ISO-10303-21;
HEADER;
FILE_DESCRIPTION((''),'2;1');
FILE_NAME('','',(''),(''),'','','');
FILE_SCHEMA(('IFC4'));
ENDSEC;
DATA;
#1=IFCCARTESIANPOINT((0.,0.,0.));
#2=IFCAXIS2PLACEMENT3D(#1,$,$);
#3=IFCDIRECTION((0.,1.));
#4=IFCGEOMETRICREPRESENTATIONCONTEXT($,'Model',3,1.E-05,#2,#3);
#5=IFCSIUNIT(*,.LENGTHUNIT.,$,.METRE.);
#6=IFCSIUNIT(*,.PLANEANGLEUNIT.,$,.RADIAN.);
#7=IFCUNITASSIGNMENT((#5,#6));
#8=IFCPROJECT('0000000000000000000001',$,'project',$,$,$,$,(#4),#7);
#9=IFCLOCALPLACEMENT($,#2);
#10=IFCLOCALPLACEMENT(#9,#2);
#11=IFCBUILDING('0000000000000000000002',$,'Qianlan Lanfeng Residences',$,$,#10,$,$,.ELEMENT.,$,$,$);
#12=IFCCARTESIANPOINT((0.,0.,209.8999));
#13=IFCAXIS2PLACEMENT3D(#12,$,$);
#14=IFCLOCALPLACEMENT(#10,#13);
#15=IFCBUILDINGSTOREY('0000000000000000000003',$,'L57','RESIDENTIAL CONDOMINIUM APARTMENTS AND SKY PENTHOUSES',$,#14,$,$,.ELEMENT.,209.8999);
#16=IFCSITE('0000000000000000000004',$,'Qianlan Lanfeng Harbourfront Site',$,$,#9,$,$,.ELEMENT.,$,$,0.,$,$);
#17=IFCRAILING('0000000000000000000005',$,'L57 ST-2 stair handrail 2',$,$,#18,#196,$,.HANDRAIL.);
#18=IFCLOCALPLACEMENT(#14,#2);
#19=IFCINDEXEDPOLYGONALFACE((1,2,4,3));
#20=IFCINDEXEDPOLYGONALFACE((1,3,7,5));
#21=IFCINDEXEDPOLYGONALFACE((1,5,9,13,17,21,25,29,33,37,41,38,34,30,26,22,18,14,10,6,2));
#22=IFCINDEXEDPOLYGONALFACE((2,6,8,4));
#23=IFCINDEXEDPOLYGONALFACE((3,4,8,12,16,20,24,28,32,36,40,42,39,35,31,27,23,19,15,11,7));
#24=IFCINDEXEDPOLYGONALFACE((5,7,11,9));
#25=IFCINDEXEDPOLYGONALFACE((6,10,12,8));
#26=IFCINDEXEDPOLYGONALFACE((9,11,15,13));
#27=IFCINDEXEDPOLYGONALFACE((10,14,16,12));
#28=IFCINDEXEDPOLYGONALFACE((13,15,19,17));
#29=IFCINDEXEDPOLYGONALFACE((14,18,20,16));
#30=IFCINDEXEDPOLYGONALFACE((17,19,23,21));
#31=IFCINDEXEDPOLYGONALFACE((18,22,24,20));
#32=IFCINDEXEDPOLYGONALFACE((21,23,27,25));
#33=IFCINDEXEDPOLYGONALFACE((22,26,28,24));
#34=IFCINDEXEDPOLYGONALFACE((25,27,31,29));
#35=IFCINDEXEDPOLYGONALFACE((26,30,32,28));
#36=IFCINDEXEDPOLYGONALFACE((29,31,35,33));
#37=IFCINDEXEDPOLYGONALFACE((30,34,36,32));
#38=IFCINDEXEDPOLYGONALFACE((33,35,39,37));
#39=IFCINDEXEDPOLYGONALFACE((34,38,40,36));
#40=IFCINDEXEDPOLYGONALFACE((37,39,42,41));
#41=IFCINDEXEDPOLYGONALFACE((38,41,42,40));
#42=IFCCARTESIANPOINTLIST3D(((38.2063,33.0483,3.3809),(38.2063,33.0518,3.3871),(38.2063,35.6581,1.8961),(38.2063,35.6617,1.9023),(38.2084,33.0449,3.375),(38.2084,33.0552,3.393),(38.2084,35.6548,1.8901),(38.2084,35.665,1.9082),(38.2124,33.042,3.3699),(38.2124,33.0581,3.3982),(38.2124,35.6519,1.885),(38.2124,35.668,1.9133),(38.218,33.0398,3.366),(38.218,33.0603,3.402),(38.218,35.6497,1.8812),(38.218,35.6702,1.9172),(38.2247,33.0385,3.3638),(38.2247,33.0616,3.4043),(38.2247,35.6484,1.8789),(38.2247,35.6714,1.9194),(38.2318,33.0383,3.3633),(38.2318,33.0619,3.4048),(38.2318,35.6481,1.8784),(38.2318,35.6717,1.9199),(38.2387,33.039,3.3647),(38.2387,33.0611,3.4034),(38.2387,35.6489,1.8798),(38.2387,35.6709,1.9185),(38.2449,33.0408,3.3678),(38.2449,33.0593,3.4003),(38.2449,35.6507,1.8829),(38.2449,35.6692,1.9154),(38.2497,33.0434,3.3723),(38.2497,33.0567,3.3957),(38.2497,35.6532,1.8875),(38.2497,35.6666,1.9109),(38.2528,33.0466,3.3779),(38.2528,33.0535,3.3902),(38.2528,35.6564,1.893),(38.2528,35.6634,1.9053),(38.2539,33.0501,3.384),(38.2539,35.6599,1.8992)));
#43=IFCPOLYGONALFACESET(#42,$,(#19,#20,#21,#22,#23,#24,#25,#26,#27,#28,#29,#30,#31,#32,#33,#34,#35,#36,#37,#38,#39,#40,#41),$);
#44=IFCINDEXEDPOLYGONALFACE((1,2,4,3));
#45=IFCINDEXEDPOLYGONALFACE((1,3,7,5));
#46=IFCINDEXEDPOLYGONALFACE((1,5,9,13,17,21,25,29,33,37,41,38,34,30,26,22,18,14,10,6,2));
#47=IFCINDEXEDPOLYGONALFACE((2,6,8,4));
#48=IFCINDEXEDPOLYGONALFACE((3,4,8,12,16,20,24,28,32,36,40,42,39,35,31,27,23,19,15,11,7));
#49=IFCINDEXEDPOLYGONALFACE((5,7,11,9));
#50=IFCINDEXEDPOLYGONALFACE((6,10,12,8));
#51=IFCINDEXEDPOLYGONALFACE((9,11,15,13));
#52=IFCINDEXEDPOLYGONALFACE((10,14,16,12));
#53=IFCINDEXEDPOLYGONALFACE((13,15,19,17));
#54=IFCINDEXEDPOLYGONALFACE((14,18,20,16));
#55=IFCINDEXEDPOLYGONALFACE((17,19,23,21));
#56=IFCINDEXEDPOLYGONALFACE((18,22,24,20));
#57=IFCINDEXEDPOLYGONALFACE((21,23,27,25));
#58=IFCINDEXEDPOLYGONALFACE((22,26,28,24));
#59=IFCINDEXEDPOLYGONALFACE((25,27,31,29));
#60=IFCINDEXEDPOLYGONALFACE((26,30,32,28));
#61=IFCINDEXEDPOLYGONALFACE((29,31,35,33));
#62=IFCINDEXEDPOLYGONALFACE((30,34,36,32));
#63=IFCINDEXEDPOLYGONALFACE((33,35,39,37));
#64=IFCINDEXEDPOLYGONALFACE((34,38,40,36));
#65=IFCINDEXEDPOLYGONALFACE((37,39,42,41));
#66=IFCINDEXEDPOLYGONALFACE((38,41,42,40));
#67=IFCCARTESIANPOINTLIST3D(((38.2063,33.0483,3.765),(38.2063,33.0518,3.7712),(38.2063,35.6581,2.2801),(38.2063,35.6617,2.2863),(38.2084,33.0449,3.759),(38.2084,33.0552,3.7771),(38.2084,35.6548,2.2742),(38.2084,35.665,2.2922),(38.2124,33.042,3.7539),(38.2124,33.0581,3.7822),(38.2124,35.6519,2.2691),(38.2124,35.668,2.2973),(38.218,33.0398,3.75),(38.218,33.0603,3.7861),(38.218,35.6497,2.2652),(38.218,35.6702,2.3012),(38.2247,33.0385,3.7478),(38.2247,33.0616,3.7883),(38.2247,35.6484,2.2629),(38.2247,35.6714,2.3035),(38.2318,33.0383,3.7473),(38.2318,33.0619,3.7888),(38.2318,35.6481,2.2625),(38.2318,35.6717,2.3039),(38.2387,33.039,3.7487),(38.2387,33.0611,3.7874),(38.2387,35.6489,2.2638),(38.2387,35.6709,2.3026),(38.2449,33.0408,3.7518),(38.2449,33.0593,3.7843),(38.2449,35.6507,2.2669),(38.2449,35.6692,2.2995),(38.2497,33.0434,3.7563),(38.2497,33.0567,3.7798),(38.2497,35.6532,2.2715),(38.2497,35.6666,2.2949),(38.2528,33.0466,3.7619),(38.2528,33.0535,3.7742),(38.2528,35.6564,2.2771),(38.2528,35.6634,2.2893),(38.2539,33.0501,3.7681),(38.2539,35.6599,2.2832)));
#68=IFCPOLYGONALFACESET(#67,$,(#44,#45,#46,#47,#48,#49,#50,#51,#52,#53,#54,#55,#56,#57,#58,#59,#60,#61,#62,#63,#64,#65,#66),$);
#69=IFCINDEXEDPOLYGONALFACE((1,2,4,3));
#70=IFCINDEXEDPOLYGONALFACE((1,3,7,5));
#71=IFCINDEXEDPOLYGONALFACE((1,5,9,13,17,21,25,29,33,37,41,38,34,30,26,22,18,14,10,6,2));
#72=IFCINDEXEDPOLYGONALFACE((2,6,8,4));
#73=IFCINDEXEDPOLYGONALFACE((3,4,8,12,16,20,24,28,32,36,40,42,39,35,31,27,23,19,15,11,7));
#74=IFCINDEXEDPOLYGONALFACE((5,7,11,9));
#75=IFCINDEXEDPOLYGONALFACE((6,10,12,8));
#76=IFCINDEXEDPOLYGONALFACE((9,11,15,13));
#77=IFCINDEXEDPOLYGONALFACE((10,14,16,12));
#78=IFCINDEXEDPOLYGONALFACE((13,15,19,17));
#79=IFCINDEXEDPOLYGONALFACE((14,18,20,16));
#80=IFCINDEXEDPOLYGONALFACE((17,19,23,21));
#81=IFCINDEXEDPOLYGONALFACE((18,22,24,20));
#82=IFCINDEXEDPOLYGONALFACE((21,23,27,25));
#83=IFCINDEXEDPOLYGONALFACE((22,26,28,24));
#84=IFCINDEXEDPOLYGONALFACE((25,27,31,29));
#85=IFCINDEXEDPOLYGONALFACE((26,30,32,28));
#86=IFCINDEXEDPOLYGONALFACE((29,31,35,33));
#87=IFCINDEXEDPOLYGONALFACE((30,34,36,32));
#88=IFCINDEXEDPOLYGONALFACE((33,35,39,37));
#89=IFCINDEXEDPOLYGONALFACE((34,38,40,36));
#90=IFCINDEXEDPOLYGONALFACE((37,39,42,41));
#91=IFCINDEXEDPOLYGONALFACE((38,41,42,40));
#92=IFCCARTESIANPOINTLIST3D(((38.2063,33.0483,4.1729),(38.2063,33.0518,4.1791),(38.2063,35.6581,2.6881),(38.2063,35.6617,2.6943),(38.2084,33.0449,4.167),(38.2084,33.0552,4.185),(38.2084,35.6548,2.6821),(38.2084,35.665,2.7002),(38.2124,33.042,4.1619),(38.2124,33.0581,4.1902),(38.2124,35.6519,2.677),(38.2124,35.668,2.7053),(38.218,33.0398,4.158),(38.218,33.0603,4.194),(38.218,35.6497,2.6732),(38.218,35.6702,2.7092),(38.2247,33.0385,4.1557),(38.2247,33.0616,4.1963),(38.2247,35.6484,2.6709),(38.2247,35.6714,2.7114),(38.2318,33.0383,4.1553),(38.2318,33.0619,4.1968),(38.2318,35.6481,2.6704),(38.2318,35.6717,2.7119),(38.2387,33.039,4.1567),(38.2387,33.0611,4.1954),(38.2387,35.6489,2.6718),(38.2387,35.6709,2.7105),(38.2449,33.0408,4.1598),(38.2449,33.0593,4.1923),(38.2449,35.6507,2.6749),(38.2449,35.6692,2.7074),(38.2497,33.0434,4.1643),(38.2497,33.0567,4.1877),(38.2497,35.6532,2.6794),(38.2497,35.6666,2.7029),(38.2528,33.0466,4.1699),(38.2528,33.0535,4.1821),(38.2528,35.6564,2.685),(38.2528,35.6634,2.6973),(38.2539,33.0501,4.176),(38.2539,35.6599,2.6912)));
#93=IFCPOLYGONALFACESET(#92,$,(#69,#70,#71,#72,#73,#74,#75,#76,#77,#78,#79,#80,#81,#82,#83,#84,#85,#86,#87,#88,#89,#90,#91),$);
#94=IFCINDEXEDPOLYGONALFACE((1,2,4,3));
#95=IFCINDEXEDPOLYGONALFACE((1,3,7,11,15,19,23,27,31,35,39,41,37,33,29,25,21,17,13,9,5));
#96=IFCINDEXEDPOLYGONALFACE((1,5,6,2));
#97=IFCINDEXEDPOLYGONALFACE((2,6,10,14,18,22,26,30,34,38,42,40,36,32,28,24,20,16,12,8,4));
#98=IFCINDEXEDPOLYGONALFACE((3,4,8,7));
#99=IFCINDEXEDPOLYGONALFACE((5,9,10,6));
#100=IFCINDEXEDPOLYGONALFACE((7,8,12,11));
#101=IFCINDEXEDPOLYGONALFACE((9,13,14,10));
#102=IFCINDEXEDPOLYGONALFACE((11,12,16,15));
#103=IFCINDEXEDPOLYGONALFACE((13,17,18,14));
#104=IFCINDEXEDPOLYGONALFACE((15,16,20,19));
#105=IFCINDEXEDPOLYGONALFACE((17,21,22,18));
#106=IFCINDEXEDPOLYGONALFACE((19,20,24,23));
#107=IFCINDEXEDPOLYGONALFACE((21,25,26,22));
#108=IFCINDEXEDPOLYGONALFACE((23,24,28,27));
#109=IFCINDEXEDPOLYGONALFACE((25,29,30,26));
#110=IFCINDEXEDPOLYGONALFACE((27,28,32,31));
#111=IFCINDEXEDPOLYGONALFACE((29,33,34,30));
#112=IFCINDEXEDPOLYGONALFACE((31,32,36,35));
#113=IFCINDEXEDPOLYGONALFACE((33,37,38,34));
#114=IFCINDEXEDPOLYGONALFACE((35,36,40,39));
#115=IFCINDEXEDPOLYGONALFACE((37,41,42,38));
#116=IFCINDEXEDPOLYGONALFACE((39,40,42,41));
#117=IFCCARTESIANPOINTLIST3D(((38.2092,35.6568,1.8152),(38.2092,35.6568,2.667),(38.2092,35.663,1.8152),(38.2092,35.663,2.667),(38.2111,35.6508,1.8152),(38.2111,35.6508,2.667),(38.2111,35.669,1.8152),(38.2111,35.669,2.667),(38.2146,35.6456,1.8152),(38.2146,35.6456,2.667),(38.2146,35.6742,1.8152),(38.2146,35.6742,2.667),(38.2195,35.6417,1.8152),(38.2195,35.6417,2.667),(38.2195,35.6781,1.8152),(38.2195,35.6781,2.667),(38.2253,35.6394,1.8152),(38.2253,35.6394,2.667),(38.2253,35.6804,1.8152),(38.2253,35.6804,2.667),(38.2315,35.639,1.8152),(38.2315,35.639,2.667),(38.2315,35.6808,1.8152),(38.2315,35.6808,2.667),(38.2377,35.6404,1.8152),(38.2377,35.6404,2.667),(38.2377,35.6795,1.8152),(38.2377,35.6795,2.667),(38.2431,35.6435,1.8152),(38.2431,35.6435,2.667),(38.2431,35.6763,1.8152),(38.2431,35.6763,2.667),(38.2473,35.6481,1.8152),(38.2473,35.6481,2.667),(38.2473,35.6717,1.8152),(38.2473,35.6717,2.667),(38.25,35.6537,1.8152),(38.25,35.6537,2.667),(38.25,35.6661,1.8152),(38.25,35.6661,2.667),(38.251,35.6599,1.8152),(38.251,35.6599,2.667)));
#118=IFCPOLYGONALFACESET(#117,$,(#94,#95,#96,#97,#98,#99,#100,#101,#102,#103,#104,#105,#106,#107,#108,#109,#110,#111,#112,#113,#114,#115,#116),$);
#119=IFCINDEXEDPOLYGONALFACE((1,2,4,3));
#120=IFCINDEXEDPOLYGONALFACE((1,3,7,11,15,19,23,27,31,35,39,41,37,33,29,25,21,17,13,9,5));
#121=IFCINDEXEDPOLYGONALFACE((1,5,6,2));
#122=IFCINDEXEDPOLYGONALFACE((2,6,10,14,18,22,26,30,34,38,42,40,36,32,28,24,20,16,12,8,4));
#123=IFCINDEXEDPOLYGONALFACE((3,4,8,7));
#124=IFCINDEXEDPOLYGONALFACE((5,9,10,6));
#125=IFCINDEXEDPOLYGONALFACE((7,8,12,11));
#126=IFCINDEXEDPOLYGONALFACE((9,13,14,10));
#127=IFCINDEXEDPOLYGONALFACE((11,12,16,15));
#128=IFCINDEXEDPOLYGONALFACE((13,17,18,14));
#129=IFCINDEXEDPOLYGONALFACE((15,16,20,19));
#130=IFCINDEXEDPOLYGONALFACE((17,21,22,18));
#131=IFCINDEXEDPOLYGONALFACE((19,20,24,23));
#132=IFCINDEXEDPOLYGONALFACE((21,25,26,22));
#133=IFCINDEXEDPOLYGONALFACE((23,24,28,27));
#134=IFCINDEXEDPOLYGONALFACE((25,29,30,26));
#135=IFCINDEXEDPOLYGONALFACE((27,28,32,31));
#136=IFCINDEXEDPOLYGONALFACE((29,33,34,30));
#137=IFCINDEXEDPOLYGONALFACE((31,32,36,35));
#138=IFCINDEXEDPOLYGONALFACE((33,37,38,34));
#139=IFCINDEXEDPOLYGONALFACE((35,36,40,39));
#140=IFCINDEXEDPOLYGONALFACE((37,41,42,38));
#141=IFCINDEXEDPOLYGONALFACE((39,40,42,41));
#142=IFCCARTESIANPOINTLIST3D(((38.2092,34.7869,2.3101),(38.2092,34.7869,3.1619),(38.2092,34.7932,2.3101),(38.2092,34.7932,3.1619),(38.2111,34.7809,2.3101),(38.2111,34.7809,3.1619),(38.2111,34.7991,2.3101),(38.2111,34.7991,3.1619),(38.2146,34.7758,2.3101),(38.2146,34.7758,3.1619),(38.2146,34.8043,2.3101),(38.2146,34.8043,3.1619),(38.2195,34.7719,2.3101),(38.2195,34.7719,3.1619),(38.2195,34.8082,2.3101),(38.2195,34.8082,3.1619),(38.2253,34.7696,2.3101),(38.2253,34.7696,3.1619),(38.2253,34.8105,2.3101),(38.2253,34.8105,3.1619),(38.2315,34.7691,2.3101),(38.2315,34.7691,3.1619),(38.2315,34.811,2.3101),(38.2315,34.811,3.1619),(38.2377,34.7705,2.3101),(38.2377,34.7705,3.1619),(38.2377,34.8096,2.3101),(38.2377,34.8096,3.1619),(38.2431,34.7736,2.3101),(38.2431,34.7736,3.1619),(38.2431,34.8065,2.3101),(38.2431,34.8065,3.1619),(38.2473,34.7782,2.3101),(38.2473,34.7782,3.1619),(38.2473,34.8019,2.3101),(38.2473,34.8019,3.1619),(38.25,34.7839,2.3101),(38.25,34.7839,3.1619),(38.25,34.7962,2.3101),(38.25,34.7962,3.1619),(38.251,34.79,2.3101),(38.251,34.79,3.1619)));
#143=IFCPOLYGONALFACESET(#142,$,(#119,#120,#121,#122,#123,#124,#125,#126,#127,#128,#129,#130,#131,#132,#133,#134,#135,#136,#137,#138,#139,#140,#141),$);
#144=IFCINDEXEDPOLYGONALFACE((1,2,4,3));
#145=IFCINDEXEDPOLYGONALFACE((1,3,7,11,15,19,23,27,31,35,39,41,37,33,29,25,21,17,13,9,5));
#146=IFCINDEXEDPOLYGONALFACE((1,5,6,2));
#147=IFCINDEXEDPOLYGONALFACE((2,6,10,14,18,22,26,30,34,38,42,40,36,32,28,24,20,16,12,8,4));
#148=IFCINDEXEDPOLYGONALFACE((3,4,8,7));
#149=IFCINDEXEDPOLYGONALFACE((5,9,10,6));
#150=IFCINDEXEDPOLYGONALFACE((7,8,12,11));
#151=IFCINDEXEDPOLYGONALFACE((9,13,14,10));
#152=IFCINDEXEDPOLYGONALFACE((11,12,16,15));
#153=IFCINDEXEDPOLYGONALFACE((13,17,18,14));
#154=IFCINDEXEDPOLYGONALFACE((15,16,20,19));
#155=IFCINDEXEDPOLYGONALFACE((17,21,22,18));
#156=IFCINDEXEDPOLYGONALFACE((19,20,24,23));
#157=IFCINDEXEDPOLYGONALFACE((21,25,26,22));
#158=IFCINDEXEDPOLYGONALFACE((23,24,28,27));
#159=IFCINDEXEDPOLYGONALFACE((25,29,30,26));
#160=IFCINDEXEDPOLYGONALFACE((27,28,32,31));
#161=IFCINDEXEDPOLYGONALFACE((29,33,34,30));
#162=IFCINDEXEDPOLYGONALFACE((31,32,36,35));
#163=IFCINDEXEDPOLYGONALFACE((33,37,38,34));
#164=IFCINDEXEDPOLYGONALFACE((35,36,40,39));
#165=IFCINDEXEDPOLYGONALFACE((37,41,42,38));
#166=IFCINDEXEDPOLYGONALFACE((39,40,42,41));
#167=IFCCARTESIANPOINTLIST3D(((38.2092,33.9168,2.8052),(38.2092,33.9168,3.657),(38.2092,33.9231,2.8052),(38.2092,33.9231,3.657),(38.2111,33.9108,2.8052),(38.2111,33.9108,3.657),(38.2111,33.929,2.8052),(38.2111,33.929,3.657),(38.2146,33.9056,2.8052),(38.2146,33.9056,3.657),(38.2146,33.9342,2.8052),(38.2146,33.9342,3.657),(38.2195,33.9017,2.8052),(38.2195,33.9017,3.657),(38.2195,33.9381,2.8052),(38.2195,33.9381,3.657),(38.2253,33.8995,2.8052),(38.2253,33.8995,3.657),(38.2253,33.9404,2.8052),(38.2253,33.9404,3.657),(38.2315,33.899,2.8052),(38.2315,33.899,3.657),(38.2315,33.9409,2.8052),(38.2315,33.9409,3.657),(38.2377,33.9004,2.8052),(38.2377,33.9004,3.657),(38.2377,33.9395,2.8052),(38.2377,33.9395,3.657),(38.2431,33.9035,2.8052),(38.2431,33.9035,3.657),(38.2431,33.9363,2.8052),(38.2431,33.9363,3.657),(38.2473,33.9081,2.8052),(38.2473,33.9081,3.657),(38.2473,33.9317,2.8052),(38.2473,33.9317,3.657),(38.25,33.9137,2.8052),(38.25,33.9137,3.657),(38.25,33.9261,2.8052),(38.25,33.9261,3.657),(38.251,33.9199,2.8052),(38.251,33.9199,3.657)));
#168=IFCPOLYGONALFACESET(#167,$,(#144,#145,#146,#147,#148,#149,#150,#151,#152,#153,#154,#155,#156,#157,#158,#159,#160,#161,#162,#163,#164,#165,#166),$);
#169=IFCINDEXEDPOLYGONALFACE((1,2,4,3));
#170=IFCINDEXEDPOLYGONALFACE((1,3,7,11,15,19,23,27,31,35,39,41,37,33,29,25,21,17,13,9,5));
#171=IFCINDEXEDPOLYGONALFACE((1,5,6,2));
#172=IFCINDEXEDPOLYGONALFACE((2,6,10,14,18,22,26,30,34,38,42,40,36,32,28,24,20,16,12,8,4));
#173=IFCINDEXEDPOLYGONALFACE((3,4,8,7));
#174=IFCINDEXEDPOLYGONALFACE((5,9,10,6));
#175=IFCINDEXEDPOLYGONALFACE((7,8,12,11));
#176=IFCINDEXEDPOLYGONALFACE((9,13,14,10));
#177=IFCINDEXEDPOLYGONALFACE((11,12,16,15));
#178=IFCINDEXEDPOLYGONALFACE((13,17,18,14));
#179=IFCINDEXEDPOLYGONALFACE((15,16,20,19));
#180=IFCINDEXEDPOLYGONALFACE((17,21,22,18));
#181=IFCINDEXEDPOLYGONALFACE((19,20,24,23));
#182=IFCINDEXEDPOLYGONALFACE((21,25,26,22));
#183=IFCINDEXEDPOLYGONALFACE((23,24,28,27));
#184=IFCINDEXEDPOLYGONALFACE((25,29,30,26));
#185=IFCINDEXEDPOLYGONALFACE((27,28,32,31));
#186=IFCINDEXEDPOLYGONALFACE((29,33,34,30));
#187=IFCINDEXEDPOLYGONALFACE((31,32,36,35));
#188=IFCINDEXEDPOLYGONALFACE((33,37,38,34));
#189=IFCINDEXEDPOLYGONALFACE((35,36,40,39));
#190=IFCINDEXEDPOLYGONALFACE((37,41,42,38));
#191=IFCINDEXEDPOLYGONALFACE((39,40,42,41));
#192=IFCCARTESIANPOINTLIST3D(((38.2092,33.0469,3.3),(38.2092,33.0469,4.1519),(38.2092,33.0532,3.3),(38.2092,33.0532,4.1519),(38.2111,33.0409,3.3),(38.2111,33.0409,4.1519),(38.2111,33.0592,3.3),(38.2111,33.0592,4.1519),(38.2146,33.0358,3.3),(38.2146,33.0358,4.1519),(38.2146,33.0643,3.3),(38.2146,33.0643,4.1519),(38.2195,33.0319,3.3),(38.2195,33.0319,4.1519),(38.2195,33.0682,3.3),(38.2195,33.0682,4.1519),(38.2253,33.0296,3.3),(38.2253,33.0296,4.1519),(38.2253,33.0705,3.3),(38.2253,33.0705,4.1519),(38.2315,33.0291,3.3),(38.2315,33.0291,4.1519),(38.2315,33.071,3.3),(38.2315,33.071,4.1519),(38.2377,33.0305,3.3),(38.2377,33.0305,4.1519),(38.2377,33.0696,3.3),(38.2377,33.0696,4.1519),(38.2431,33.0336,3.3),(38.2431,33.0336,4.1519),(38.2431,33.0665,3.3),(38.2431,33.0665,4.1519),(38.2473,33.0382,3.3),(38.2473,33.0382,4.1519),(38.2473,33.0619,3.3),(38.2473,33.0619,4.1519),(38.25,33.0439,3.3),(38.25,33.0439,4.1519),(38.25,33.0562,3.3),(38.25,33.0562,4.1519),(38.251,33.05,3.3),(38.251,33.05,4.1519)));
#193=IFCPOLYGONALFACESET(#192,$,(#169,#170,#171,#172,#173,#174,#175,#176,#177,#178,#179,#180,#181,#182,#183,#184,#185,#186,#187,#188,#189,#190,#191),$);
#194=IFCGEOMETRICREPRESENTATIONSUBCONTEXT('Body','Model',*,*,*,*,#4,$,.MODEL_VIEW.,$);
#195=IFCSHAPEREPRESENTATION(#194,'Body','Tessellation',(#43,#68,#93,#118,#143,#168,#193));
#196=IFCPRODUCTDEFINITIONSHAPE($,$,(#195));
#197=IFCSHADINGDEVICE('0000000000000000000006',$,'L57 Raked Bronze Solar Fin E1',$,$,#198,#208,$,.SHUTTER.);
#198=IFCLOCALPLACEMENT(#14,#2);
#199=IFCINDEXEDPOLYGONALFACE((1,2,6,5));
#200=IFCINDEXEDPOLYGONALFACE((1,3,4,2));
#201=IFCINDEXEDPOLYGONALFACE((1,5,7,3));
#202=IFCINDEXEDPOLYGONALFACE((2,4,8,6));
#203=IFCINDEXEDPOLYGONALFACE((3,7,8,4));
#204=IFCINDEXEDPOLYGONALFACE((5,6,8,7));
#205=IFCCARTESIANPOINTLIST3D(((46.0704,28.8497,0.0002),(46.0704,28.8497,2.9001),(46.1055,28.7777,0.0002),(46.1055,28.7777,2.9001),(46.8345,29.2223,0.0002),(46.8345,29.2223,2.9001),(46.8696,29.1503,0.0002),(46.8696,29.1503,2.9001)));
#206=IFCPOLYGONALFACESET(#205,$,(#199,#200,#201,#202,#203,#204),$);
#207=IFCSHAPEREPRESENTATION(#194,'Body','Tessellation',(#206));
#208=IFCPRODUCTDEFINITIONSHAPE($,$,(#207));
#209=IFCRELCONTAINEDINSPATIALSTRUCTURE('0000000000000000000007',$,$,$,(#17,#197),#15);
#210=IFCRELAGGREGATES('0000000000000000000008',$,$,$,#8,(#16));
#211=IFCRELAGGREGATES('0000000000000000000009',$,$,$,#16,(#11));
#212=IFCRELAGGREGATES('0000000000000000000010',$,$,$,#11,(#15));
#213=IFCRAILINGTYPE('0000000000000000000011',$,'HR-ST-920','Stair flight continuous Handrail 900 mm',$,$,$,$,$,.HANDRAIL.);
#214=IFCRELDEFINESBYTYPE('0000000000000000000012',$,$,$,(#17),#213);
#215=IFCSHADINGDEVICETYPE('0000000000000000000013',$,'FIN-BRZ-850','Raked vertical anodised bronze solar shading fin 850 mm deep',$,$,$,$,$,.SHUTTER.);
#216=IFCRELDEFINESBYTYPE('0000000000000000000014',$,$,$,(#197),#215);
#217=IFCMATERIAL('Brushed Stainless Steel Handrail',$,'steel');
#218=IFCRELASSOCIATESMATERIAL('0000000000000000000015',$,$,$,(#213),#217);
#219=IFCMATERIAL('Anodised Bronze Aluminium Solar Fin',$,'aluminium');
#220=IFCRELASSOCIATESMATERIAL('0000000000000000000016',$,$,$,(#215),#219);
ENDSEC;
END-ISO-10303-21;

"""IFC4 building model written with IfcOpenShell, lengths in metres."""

from ifc_helpers import new_model, si_unit, direction, frame, origin, origin_2d, place, context, subcontext, project, spatial, rectangle, circle, extrude, source, transform, mapped, material, type_object, element, save


model = new_model("IFC4")

# Units and contexts
model_context = context("Model", 3, precision=1e-05, world=origin(), true_north=direction((0.0, 1.0)))
body_context = subcontext(model_context, "Body", "Model", "MODEL_VIEW")
ifc_project = project(units=[si_unit("LENGTHUNIT", "METRE"), si_unit("PLANEANGLEUNIT", "RADIAN")], contexts=[model_context])

# Site, building, storey
site_placement = place(None, origin())
site = spatial("IfcSite", under=ifc_project, at=site_placement, Name="Qianlan Lanfeng Harbourfront Site", CompositionType="ELEMENT", RefElevation=0.0)
building_placement = place(site_placement, origin())
building = spatial("IfcBuilding", under=site, at=building_placement, Name="Qianlan Lanfeng Residences", CompositionType="ELEMENT")
storey_placement = place(building_placement, frame((0.0, 0.0, 209.8999)))
storey = spatial("IfcBuildingStorey", under=building, at=storey_placement, Name="L57", Description="RESIDENTIAL CONDOMINIUM APARTMENTS AND SKY PENTHOUSES", CompositionType="ELEMENT", Elevation=209.8999)

# Railing
ifc_material_1 = material(Name="Brushed Stainless Steel Handrail", Category="steel")
railing_type_1 = type_object("IfcRailingType", Name="HR-ST-920", Description="Stair flight continuous Handrail 900 mm", PredefinedType="HANDRAIL", material=ifc_material_1)
railing_1_placement = place(storey_placement, frame((38.23, 35.6599, 1.8152)))
element("IfcRailing", 1, at=railing_1_placement, inside=storey, type_object=railing_type_1, Name="L57 ST-2 stair handrail 2", PredefinedType="HANDRAIL", context=body_context, shape_type="SweptSolid", body=[
    extrude(circle(Radius=0.0239, at=origin_2d()), frame((0.0, 0.0, 0.084), z_axis=(0.0, -0.869172, 0.494509), x_axis=(1.0, 0.0, 0.0)), (0.0, 0.0, 1.0), 3.0027),
    extrude(circle(Radius=0.0239, at=origin_2d()), frame((0.0, 0.0, 0.468), z_axis=(0.0, -0.869172, 0.494509), x_axis=(1.0, 0.0, 0.0)), (0.0, 0.0, 1.0), 3.0027),
    extrude(circle(Radius=0.0239, at=origin_2d()), frame((0.0, 0.0, 0.876), z_axis=(0.0, -0.869172, 0.494509), x_axis=(1.0, 0.0, 0.0)), (0.0, 0.0, 1.0), 3.0027),
    extrude(circle(Radius=0.021, at=origin_2d()), origin(), (0.0, 0.0, 1.0), 0.8518),
    extrude(circle(Radius=0.021, at=origin_2d()), frame((0.0, -0.8699, 0.4949)), (0.0, 0.0, 1.0), 0.8518),
    extrude(circle(Radius=0.021, at=origin_2d()), frame((0.0, -1.74, 0.99)), (0.0, 0.0, 1.0), 0.8518),
    extrude(circle(Radius=0.021, at=origin_2d()), frame((0.0, -2.6099, 1.4849)), (0.0, 0.0, 1.0), 0.8518),
])

# Shading device
ifc_material_2 = material(Name="Anodised Bronze Aluminium Solar Fin", Category="aluminium")
shading_device_type = type_object("IfcShadingDeviceType", Name="FIN-BRZ-850", Description="Raked vertical anodised bronze solar shading fin 850 mm deep", PredefinedType="SHUTTER", material=ifc_material_2)
shared_shape_1 = source(origin(), body_context, "Body", "SweptSolid", [
    extrude(rectangle(XDim=0.8501, YDim=0.0801, at=origin_2d()), origin(), (0.0, 0.0, 1.0), 2.8999),
])
for number, where, z_axis, x_axis, name in (
    (2, (46.47, 29.0, 0.0002), (0.0, 0.0, 1.0), (0.898794, 0.438371, 0.0), "L57 Raked Bronze Solar Fin E1"),
):
    element("IfcShadingDevice", number, at=place(storey_placement, frame(where, z_axis=z_axis, x_axis=x_axis)), inside=storey, type_object=shading_device_type, Name=name, PredefinedType="SHUTTER", context=body_context, shape_type="MappedRepresentation", body=[
        mapped(shared_shape_1, transform((0.0, 0.0, 0.0), scale=1.0)),
    ])

save(model, "model.ifc")
